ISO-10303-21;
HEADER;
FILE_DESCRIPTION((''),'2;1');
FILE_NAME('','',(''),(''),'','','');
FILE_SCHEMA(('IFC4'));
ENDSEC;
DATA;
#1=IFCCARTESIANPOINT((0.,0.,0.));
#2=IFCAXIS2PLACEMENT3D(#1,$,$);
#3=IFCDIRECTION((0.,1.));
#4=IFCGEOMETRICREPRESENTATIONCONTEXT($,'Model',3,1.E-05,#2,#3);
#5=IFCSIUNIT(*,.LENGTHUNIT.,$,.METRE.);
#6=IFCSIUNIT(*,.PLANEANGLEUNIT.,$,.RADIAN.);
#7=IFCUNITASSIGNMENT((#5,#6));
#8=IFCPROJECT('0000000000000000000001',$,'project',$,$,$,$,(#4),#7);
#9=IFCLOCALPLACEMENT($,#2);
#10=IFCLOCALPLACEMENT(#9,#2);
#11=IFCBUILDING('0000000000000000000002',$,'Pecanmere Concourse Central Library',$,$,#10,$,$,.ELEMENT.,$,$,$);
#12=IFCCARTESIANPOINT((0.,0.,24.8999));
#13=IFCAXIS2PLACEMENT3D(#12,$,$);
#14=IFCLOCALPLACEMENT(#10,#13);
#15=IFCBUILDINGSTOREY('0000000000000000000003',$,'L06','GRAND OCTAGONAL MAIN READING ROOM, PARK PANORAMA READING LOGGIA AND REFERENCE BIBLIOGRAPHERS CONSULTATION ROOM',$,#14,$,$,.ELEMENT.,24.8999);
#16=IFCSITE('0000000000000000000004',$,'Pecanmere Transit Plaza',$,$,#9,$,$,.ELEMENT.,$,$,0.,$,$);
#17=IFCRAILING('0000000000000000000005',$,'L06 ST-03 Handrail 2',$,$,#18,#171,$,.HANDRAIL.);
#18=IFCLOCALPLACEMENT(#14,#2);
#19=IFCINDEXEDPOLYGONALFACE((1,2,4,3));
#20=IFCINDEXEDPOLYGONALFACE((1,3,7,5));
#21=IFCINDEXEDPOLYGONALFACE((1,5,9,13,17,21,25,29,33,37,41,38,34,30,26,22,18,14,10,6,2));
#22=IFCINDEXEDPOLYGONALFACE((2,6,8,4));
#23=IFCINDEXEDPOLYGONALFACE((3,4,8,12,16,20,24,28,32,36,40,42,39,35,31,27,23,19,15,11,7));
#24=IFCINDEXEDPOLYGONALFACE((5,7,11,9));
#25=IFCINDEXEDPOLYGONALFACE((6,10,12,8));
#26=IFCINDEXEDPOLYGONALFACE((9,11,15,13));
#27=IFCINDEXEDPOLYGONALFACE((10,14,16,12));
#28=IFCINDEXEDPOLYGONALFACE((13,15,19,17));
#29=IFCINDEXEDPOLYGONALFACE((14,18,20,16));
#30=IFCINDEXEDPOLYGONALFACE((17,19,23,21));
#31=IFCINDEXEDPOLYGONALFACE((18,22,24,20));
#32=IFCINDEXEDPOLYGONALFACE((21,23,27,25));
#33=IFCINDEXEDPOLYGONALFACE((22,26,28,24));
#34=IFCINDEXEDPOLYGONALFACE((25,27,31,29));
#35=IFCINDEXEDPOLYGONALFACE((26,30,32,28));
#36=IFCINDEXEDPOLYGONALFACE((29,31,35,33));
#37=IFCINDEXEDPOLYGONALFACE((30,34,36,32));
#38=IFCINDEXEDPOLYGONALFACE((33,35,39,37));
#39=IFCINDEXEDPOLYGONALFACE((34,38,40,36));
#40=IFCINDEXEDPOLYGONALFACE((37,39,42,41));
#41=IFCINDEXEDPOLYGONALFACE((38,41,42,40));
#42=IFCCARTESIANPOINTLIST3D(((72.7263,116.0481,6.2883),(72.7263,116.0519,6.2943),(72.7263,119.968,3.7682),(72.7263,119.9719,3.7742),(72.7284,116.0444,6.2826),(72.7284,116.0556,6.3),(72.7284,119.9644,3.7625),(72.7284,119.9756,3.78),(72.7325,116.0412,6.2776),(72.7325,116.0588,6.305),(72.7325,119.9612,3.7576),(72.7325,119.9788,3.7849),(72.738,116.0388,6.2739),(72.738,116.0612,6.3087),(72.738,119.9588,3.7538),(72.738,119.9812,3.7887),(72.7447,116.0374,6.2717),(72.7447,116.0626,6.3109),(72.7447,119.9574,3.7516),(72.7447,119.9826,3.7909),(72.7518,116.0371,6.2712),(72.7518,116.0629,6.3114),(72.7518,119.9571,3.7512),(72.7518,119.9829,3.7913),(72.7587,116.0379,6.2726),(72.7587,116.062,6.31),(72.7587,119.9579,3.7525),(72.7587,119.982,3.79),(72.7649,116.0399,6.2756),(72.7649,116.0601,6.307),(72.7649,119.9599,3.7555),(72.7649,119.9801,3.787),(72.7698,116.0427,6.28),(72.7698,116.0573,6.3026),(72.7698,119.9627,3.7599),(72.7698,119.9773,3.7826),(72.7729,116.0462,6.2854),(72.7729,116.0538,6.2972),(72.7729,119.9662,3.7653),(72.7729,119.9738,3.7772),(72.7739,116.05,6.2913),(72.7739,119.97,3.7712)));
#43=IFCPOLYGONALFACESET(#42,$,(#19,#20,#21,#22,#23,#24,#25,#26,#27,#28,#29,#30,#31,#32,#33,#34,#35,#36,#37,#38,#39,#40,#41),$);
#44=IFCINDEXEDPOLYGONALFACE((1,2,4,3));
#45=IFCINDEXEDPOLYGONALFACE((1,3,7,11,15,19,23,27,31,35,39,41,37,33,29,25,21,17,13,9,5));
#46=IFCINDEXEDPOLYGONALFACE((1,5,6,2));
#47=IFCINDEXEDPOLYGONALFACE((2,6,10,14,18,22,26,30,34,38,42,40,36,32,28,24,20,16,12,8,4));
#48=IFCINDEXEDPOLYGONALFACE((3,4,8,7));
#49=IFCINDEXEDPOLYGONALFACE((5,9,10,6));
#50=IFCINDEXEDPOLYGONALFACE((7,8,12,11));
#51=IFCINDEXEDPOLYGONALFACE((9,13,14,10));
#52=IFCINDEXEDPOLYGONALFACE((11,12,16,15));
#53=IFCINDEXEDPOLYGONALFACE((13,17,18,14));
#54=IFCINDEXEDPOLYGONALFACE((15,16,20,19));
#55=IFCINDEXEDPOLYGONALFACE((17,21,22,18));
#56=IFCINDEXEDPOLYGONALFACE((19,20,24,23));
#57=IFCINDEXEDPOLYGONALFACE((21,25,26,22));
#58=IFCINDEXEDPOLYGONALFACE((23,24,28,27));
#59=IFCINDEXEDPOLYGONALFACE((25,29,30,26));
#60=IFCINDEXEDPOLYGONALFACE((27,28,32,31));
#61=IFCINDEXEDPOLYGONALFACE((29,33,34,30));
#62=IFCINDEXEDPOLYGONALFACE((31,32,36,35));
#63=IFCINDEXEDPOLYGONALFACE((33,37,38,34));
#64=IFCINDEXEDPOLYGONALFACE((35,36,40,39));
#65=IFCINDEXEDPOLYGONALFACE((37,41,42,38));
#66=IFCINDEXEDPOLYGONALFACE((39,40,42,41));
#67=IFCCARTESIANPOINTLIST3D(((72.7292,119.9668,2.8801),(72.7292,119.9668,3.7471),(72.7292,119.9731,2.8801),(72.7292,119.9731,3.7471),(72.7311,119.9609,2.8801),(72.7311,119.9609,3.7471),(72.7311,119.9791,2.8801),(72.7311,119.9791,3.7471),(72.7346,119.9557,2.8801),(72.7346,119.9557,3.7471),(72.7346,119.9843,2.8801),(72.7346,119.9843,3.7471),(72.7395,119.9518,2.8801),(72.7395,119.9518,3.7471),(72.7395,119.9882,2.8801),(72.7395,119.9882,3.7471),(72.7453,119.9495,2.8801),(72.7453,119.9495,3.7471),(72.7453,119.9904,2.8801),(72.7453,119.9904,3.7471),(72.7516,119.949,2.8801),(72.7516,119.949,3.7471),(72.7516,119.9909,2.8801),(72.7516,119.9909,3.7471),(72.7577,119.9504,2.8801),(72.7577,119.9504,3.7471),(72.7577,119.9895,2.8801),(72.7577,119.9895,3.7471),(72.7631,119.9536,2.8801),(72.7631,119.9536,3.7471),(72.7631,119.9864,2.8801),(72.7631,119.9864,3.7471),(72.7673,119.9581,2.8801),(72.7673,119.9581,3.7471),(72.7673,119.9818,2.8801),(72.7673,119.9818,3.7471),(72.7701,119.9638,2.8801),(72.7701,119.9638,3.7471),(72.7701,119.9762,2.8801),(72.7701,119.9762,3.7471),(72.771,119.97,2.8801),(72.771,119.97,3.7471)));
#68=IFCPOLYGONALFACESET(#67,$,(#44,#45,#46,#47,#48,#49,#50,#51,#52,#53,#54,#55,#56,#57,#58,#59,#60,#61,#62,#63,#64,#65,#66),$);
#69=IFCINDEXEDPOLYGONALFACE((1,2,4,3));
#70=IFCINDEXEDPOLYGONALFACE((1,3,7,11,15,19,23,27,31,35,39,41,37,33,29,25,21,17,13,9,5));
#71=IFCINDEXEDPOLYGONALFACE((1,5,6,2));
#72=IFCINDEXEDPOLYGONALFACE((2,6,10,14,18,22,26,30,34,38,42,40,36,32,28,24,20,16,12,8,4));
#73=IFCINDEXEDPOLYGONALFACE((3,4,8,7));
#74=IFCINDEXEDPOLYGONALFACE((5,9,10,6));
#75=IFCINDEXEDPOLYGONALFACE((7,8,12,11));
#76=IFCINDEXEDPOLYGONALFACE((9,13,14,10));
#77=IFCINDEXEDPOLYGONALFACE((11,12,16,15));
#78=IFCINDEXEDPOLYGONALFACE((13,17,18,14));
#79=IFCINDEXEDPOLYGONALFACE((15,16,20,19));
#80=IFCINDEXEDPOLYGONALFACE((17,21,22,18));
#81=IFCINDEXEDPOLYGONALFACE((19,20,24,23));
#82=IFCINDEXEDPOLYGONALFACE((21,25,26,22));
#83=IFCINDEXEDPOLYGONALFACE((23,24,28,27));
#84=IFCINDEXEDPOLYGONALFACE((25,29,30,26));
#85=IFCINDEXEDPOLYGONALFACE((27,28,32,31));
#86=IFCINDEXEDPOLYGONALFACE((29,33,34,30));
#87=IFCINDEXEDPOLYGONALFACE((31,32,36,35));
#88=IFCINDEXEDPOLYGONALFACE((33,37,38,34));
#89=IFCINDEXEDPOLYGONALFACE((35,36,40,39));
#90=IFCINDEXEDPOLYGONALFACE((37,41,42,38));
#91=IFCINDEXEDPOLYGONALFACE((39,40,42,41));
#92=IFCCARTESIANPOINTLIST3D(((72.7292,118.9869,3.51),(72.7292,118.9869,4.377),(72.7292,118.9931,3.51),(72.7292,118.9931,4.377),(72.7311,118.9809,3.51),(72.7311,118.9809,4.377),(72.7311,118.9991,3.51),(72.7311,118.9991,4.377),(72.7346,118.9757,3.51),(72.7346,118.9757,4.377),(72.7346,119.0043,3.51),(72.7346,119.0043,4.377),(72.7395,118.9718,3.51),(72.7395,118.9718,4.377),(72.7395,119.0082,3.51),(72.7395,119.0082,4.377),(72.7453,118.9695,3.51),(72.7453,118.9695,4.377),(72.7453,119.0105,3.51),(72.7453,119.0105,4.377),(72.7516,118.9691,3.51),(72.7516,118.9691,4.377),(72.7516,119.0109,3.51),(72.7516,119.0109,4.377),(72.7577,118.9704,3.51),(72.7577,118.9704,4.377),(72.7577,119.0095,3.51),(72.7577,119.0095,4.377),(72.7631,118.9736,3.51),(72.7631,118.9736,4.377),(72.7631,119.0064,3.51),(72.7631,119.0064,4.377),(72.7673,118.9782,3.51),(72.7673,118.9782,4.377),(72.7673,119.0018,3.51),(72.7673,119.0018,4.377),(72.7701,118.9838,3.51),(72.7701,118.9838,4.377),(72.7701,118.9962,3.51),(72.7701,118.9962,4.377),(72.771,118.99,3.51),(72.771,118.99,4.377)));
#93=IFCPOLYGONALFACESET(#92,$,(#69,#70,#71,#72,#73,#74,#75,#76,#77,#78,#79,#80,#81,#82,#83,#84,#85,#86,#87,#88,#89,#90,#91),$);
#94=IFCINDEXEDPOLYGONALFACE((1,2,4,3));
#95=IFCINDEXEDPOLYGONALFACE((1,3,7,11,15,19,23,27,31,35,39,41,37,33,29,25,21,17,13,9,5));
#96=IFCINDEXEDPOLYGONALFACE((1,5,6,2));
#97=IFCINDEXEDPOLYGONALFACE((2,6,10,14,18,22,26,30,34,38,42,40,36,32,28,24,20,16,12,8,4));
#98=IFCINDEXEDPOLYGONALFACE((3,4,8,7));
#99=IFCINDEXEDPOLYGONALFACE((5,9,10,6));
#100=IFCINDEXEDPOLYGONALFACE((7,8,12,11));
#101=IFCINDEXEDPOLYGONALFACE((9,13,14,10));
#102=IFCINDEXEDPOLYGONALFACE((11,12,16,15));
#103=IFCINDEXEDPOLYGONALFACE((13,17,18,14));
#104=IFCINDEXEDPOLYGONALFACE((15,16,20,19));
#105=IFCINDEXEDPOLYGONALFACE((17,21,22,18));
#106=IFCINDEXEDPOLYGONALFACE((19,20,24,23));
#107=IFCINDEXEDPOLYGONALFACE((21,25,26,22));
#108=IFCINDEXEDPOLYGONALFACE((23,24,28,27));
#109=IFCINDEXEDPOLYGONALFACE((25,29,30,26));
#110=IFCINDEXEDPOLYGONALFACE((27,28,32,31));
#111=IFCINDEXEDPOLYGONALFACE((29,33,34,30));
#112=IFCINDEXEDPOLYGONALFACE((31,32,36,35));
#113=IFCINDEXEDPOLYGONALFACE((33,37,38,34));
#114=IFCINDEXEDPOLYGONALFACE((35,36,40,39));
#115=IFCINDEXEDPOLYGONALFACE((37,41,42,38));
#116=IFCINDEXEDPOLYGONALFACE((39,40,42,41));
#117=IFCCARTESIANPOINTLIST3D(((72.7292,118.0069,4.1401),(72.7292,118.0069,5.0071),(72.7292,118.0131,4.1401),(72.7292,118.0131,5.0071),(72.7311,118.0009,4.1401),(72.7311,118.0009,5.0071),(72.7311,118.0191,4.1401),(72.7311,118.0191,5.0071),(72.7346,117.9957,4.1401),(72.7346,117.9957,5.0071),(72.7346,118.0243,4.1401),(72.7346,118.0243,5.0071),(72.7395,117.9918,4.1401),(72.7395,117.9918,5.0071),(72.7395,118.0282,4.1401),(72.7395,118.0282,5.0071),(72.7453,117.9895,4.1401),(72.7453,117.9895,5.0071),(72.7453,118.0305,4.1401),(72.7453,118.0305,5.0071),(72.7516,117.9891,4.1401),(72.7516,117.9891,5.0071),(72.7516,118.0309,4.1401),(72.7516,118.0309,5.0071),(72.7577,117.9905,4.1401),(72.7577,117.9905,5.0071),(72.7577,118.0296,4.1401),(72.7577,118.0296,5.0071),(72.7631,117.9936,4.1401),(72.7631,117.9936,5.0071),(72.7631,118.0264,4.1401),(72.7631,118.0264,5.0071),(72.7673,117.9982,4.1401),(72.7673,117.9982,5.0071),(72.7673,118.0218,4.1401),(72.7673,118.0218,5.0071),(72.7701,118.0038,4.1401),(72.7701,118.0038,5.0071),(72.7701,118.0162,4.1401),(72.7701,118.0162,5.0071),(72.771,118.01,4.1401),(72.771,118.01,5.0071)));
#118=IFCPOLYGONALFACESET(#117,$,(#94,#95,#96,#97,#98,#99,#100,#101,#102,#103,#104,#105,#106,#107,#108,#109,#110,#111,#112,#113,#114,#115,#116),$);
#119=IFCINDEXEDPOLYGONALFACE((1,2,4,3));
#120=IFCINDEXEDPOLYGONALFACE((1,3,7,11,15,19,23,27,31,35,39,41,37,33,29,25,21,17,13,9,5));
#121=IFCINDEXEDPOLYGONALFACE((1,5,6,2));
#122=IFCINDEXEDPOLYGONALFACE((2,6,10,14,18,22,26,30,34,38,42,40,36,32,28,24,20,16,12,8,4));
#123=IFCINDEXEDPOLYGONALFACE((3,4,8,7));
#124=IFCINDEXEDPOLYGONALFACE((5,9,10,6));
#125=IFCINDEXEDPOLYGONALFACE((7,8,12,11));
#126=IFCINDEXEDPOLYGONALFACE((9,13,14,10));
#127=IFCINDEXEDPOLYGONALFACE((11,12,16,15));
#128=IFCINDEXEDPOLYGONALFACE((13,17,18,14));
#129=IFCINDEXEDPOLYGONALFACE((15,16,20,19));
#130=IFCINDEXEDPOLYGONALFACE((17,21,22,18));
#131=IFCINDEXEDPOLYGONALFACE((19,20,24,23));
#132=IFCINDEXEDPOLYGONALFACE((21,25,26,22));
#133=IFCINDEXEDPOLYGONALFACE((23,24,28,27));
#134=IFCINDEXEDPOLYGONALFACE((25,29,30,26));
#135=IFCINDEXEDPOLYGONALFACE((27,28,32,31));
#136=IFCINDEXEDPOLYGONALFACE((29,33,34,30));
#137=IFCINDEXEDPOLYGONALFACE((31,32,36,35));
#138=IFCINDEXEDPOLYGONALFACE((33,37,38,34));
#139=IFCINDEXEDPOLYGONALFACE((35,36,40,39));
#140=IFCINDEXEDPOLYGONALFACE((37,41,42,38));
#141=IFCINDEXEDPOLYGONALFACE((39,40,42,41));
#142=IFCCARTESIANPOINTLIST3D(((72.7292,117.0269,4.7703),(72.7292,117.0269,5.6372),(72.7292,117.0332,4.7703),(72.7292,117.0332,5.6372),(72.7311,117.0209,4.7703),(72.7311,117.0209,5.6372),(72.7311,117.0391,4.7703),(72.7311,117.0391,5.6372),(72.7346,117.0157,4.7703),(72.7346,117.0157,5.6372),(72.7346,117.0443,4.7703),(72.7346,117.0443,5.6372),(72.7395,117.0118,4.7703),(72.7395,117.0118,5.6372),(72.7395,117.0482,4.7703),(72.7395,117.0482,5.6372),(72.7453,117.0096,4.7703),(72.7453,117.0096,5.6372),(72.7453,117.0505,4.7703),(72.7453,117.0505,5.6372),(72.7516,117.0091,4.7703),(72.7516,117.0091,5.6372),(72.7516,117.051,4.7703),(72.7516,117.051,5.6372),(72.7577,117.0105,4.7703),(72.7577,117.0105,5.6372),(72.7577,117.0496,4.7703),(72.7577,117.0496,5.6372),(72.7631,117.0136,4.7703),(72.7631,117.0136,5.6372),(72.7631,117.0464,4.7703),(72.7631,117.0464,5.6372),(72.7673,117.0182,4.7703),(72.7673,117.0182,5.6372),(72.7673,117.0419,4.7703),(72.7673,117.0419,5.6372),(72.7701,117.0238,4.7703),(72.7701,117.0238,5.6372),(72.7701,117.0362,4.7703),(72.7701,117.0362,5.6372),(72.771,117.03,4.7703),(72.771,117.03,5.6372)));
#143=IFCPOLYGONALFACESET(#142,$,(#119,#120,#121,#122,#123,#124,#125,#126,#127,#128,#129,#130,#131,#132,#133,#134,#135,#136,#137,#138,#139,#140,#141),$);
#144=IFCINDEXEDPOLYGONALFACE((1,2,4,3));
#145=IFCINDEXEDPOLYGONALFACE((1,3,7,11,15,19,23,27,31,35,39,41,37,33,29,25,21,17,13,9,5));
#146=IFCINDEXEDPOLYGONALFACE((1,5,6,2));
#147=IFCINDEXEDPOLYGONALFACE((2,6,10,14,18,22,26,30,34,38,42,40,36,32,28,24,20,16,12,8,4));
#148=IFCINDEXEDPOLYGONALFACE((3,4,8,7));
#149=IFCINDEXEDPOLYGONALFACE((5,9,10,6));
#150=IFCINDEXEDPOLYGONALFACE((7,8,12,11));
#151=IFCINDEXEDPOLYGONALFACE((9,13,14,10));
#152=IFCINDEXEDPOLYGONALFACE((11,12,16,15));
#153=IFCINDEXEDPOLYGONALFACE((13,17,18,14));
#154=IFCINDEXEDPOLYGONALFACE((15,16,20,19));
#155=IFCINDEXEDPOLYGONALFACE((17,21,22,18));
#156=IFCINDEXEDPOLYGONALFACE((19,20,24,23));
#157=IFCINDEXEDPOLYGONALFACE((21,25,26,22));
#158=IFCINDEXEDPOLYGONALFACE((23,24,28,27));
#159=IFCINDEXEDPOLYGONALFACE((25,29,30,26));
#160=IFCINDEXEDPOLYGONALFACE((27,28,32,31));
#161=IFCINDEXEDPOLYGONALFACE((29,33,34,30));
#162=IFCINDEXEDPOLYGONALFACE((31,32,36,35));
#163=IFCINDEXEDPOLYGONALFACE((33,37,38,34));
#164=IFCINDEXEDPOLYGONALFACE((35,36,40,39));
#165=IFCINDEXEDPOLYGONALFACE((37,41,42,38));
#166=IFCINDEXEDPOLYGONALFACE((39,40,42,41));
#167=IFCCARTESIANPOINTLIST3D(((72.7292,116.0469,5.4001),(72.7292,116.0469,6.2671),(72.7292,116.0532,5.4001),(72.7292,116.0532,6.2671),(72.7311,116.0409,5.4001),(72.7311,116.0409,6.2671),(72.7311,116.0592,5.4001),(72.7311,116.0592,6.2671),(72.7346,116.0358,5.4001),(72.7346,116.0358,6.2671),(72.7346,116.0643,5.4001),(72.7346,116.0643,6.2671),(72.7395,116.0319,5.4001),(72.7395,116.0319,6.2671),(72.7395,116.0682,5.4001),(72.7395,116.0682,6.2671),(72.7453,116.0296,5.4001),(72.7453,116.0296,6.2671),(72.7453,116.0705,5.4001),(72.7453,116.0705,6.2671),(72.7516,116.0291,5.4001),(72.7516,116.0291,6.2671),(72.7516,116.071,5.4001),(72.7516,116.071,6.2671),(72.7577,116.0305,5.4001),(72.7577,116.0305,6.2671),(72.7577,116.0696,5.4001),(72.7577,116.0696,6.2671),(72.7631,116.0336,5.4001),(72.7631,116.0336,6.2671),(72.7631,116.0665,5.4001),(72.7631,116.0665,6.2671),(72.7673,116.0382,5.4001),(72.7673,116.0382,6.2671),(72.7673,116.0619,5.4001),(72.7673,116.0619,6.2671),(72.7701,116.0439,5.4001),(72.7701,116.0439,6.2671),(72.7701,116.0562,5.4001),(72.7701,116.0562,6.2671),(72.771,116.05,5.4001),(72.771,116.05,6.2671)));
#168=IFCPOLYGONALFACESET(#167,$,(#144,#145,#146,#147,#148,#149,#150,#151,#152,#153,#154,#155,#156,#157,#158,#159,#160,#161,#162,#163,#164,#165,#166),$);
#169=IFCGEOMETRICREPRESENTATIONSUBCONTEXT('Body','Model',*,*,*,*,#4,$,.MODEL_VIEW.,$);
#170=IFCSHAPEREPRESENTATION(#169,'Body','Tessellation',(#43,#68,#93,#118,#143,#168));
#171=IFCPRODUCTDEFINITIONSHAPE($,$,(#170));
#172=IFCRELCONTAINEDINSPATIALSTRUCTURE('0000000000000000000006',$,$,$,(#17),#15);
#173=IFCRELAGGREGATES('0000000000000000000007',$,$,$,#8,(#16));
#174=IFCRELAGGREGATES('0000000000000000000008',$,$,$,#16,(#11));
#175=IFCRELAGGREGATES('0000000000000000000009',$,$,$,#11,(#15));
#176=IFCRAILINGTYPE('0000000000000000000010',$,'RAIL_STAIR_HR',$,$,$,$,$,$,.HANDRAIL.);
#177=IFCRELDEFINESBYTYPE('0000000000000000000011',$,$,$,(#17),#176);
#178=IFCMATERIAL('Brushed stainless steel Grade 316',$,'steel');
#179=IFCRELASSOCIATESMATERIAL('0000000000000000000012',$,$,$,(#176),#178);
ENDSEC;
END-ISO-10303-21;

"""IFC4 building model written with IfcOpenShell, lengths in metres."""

from ifc_helpers import new_model, si_unit, direction, frame, origin, origin_2d, place, context, subcontext, project, spatial, circle, extrude, material, type_object, element, save


model = new_model("IFC4")

# Units and contexts
model_context = context("Model", 3, precision=1e-05, world=origin(), true_north=direction((0.0, 1.0)))
body_context = subcontext(model_context, "Body", "Model", "MODEL_VIEW")
ifc_project = project(units=[si_unit("LENGTHUNIT", "METRE"), si_unit("PLANEANGLEUNIT", "RADIAN")], contexts=[model_context])

# Site, building, storey
site_placement = place(None, origin())
site = spatial("IfcSite", under=ifc_project, at=site_placement, Name="Pecanmere Transit Plaza", CompositionType="ELEMENT", RefElevation=0.0)
building_placement = place(site_placement, origin())
building = spatial("IfcBuilding", under=site, at=building_placement, Name="Pecanmere Concourse Central Library", CompositionType="ELEMENT")
storey_placement = place(building_placement, frame((0.0, 0.0, 24.8999)))
storey = spatial("IfcBuildingStorey", under=building, at=storey_placement, Name="L06", Description="GRAND OCTAGONAL MAIN READING ROOM, PARK PANORAMA READING LOGGIA AND REFERENCE BIBLIOGRAPHERS CONSULTATION ROOM", CompositionType="ELEMENT", Elevation=24.8999)

# Railing
ifc_material_1 = material(Name="Brushed stainless steel Grade 316", Category="steel")
railing_type_1 = type_object("IfcRailingType", Name="RAIL_STAIR_HR", PredefinedType="HANDRAIL", material=ifc_material_1)
railing_1_placement = place(storey_placement, frame((72.75, 119.97, 2.8801)))
element("IfcRailing", 1, at=railing_1_placement, inside=storey, type_object=railing_type_1, Name="L06 ST-03 Handrail 2", PredefinedType="HANDRAIL", context=body_context, shape_type="SweptSolid", body=[
    extrude(circle(Radius=0.0239, at=origin_2d()), frame((0.0, 0.0, 0.8911), z_axis=(0.0, -0.841172, 0.540768), x_axis=(1.0, 0.0, 0.0)), (0.0, 0.0, 1.0), 4.6602),
    extrude(circle(Radius=0.021, at=origin_2d()), origin(), (0.0, 0.0, 1.0), 0.8669),
    extrude(circle(Radius=0.021, at=origin_2d()), frame((0.0, -0.98, 0.6299)), (0.0, 0.0, 1.0), 0.8669),
    extrude(circle(Radius=0.021, at=origin_2d()), frame((0.0, -1.96, 1.26)), (0.0, 0.0, 1.0), 0.8669),
    extrude(circle(Radius=0.021, at=origin_2d()), frame((0.0, -2.9399, 1.8901)), (0.0, 0.0, 1.0), 0.8669),
    extrude(circle(Radius=0.021, at=origin_2d()), frame((0.0, -3.9199, 2.52)), (0.0, 0.0, 1.0), 0.8669),
])

save(model, "model.ifc")
